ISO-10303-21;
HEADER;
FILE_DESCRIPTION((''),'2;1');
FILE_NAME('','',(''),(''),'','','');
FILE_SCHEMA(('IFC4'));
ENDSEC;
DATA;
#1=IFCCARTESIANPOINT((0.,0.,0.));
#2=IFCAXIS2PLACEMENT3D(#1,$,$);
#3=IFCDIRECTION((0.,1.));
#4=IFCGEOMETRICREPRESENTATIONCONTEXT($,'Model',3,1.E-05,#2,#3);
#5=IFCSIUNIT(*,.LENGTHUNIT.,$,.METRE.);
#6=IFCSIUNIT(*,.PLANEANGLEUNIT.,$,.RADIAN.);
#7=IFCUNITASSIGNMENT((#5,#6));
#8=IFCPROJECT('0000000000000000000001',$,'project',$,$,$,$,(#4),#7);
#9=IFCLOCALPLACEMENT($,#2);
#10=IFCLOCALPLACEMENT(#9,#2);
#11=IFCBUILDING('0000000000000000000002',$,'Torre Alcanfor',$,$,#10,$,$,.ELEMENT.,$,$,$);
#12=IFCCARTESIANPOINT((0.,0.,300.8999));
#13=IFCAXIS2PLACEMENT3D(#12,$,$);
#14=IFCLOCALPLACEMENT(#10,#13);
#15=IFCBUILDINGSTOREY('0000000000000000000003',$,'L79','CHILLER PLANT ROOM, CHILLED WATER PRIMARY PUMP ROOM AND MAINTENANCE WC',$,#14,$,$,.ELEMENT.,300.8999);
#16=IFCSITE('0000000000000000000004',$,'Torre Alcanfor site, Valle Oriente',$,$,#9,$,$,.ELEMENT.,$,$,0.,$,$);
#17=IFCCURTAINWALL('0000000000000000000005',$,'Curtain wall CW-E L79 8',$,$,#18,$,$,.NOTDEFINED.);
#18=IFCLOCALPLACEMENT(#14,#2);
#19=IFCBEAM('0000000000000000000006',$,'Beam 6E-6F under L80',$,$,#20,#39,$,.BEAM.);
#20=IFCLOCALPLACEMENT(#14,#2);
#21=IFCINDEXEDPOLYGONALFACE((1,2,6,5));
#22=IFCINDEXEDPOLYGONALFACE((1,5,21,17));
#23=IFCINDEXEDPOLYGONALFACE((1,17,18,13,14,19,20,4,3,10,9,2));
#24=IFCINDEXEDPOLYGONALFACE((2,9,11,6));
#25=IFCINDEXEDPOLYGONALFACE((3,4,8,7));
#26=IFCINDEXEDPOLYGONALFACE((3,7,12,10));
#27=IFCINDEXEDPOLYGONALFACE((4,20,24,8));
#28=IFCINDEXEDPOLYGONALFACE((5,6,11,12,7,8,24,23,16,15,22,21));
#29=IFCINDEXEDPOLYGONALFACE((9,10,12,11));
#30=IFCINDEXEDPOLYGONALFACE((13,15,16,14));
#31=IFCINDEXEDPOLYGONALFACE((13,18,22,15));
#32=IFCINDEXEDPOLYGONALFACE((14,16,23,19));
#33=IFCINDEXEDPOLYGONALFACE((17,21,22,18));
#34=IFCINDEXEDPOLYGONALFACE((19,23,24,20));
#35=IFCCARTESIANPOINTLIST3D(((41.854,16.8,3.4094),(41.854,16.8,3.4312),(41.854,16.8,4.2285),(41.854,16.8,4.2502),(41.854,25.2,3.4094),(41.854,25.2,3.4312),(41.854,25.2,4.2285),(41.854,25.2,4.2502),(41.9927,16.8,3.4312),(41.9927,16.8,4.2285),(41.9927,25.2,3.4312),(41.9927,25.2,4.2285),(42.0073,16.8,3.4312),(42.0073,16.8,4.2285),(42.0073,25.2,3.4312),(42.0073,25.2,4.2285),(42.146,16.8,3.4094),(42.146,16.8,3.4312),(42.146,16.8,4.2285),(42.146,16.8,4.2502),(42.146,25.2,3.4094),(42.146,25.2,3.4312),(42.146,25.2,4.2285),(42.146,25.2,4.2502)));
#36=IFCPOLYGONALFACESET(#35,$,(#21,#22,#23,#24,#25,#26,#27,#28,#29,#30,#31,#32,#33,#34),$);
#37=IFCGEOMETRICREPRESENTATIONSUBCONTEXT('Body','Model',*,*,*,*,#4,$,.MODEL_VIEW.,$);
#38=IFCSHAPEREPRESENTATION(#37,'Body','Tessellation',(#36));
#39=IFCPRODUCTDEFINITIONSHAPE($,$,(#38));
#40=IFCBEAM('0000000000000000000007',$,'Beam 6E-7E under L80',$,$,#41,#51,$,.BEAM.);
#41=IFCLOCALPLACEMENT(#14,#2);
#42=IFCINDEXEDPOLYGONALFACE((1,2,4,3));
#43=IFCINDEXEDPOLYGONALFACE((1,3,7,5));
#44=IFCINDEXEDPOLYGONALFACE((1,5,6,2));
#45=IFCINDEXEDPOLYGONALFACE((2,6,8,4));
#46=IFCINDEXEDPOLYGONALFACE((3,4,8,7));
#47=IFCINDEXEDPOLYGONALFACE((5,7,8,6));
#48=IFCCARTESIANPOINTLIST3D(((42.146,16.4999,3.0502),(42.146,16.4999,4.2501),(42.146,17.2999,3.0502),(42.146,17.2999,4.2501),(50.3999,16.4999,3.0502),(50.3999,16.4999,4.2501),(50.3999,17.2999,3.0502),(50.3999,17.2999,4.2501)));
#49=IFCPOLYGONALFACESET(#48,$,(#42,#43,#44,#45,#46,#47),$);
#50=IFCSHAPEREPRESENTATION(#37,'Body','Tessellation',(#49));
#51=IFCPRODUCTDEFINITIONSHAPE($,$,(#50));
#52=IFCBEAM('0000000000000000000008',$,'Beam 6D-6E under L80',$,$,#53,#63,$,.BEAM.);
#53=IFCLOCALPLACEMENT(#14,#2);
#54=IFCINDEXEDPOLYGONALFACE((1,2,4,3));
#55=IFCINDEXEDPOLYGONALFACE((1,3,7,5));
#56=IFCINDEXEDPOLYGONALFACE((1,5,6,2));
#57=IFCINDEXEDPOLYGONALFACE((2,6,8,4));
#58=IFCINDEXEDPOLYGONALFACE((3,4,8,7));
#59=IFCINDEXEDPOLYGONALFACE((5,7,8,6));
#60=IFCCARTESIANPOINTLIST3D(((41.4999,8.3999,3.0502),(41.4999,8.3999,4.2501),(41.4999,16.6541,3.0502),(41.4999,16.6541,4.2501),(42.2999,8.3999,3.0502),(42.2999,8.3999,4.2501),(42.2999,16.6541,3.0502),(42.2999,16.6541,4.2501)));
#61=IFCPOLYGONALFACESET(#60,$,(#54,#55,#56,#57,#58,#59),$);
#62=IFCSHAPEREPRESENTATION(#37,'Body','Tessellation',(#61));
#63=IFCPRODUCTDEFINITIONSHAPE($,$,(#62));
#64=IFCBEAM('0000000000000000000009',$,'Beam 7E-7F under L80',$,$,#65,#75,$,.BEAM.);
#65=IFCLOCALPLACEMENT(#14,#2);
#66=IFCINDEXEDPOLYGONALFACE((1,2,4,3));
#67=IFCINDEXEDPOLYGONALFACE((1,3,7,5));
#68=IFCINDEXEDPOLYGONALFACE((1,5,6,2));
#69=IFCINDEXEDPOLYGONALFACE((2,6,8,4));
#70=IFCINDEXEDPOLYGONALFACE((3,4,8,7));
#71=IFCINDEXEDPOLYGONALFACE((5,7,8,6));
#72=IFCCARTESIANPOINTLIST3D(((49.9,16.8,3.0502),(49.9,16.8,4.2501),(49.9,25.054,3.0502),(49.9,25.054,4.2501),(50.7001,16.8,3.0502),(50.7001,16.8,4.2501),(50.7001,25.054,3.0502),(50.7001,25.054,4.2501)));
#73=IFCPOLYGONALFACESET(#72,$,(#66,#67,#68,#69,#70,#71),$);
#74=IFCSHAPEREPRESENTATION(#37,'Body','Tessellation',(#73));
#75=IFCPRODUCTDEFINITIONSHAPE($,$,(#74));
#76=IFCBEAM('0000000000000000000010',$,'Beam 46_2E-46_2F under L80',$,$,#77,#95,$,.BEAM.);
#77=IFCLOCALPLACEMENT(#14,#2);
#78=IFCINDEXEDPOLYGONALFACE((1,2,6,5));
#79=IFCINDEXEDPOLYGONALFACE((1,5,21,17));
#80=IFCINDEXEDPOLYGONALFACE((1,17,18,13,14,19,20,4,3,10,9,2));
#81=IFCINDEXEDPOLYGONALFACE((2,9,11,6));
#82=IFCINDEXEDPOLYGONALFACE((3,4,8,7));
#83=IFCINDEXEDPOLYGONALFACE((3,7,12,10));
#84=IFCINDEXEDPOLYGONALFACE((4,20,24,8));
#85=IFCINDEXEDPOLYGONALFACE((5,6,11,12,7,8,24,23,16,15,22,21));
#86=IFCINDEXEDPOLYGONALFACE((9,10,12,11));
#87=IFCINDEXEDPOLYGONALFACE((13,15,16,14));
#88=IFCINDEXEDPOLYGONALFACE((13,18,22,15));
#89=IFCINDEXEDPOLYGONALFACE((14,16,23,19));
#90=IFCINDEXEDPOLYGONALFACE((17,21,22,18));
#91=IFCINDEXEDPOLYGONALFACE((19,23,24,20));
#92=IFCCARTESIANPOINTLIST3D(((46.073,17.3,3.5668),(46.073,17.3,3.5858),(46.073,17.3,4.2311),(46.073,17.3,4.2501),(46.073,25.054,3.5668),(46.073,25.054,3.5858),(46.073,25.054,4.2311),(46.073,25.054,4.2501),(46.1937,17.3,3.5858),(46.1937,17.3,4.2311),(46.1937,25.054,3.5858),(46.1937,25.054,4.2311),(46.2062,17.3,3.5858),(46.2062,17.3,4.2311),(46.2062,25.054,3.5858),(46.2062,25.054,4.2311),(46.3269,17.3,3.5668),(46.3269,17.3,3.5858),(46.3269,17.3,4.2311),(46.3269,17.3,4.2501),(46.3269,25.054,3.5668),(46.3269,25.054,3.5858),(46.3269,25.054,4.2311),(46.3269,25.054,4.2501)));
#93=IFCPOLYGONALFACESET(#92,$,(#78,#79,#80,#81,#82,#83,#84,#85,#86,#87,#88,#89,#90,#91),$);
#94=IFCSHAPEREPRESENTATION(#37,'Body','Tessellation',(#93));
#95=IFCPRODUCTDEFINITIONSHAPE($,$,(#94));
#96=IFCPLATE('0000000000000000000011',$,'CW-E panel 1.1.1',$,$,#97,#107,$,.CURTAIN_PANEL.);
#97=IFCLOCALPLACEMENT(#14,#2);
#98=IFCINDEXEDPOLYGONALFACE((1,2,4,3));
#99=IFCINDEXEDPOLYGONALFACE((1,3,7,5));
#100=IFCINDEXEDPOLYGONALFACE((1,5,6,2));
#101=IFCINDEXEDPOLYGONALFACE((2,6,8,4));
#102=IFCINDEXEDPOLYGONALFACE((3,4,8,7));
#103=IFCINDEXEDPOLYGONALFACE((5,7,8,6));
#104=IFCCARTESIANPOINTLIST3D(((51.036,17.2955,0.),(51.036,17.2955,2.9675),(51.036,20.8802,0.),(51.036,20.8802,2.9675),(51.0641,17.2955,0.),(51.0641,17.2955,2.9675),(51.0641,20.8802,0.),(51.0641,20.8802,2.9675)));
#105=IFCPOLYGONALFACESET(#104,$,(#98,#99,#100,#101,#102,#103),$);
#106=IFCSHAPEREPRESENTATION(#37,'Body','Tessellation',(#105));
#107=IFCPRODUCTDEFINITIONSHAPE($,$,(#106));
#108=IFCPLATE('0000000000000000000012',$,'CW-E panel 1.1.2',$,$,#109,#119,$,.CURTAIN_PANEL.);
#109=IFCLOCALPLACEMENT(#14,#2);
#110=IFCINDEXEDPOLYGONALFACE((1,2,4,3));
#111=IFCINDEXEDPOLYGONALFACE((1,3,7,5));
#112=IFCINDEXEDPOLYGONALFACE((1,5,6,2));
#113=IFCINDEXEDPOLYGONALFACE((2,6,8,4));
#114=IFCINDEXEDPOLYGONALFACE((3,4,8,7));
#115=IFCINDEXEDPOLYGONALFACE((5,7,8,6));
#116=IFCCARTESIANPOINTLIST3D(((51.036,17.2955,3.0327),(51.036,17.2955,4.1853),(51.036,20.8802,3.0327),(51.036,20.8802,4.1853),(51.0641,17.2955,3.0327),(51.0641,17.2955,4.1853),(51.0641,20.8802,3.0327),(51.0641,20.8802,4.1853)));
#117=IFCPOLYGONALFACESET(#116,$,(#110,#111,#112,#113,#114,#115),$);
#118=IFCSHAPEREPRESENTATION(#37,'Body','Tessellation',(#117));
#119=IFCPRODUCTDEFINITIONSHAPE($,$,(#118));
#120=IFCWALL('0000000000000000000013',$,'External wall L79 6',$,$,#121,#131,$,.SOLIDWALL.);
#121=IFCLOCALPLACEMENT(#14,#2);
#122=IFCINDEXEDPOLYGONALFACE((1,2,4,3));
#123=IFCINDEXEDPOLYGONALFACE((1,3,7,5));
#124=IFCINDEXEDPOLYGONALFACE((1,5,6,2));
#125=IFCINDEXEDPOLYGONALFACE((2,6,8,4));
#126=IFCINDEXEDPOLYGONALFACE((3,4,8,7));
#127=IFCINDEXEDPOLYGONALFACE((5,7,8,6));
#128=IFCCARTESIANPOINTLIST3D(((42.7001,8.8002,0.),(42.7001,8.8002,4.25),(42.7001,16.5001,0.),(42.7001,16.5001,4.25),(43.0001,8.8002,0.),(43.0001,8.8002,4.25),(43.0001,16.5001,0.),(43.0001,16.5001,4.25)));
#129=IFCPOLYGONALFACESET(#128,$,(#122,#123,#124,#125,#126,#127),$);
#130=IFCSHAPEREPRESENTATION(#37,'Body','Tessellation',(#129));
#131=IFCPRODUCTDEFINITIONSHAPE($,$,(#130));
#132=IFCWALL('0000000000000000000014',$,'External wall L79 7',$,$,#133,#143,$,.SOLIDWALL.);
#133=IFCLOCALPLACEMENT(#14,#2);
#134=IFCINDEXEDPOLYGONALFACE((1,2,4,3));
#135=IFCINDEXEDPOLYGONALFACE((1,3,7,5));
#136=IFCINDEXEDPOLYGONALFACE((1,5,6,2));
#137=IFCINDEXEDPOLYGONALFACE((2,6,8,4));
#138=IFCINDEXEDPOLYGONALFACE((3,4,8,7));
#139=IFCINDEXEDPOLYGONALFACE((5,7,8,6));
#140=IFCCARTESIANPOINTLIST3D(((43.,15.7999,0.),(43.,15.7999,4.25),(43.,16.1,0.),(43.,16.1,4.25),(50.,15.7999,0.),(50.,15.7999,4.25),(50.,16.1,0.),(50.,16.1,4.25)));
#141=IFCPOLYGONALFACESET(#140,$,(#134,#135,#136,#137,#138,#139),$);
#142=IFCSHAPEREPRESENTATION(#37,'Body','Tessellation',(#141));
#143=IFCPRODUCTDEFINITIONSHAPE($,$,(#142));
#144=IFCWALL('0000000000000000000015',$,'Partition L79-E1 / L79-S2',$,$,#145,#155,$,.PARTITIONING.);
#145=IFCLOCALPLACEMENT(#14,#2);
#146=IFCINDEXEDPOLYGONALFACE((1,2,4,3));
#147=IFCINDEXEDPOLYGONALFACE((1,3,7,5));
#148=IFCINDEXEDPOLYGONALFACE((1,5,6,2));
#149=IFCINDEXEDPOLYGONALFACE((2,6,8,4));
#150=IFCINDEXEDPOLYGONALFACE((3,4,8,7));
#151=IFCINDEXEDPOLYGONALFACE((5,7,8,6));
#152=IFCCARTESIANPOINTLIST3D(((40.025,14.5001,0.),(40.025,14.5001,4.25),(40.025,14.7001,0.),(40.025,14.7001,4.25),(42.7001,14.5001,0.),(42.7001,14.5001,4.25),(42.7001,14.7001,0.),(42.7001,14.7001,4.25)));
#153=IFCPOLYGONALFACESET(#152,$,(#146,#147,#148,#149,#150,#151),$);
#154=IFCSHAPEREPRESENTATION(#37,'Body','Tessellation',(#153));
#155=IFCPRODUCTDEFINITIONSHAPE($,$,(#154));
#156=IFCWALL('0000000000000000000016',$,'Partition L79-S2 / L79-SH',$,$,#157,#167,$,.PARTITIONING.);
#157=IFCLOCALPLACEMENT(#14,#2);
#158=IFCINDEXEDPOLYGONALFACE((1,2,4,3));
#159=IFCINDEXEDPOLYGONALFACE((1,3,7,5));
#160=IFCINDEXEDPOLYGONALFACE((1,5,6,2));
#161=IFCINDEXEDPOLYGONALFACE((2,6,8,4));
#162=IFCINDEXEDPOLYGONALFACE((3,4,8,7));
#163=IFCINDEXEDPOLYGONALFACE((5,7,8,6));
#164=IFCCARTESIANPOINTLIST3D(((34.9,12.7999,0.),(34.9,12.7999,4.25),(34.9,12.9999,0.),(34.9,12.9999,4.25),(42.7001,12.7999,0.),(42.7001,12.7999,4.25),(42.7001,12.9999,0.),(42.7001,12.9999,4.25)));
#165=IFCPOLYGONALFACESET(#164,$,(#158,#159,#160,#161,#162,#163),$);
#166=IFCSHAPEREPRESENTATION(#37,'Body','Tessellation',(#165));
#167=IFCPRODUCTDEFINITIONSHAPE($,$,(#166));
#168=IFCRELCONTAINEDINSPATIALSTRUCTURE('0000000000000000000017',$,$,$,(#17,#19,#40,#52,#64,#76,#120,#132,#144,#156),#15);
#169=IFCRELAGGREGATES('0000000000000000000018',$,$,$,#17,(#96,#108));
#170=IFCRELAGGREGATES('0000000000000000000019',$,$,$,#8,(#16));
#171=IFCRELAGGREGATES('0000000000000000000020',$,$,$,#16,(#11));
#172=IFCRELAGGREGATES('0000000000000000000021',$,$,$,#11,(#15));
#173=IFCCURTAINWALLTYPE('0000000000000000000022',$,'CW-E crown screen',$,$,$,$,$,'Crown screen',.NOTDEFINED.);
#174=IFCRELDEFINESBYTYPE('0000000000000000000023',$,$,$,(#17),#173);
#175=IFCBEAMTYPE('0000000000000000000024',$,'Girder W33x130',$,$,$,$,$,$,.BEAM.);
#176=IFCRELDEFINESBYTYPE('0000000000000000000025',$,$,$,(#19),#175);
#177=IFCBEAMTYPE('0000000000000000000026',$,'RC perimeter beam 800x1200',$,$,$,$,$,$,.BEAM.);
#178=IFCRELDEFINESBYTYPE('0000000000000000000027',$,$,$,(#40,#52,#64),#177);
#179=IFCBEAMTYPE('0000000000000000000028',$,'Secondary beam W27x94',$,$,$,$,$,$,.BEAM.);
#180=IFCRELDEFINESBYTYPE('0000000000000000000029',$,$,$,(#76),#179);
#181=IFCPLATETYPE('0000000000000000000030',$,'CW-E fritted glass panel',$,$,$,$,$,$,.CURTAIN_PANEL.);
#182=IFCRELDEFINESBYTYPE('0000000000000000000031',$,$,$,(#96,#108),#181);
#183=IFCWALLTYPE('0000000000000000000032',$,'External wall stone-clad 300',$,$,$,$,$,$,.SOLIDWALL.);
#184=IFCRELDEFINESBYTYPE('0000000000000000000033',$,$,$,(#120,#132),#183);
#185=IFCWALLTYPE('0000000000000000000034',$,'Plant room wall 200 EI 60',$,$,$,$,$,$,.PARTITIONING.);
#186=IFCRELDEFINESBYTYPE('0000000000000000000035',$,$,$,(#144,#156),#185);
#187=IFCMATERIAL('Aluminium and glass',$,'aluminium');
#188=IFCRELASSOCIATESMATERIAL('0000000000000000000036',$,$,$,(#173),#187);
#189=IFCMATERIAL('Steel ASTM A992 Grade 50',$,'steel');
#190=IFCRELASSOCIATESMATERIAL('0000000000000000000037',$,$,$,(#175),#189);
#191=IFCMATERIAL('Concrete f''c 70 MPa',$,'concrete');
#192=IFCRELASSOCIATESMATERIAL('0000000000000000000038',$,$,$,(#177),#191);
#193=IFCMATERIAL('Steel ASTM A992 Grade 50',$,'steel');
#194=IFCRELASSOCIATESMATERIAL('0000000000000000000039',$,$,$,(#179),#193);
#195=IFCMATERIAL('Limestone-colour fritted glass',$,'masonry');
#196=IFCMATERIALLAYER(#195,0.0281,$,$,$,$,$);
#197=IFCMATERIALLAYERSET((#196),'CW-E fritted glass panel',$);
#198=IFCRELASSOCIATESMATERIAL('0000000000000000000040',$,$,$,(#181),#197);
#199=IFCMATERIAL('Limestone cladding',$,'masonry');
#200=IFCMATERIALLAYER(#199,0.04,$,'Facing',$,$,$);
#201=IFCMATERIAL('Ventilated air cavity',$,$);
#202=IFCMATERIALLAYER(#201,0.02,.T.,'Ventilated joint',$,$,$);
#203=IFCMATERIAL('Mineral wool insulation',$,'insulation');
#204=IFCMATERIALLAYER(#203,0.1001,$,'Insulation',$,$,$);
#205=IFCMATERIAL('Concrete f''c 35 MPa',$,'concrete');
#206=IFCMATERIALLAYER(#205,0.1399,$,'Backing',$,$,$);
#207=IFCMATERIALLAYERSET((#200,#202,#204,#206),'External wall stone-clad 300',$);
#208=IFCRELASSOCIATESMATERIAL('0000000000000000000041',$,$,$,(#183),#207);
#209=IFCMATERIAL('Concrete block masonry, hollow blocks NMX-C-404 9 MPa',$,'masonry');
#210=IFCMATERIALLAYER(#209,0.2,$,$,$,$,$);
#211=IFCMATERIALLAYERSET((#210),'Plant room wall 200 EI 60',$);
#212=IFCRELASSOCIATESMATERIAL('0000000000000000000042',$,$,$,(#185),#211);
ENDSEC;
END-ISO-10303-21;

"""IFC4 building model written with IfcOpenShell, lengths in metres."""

from ifc_helpers import new_model, si_unit, direction, frame, frame_2d, origin, origin_2d, place, context, subcontext, project, spatial, rectangle, i_section, extrude, material, layer, layer_set, material_profile, profile_set, type_object, element, aggregate, save


model = new_model("IFC4")

# Units and contexts
model_context = context("Model", 3, precision=1e-05, world=origin(), true_north=direction((0.0, 1.0)))
body_context = subcontext(model_context, "Body", "Model", "MODEL_VIEW")
ifc_project = project(units=[si_unit("LENGTHUNIT", "METRE"), si_unit("PLANEANGLEUNIT", "RADIAN")], contexts=[model_context])

# Site, building, storey
site_placement = place(None, origin())
site = spatial("IfcSite", under=ifc_project, at=site_placement, Name="Torre Alcanfor site, Valle Oriente", CompositionType="ELEMENT", RefElevation=0.0)
building_placement = place(site_placement, origin())
building = spatial("IfcBuilding", under=site, at=building_placement, Name="Torre Alcanfor", CompositionType="ELEMENT")
storey_placement = place(building_placement, frame((0.0, 0.0, 300.8999)))
storey = spatial("IfcBuildingStorey", under=building, at=storey_placement, Name="L79", Description="CHILLER PLANT ROOM, CHILLED WATER PRIMARY PUMP ROOM AND MAINTENANCE WC", CompositionType="ELEMENT", Elevation=300.8999)

# Shared definitions
ifc_material_1 = material(Name="Aluminium and glass", Category="aluminium")
curtain_wall_type = type_object("IfcCurtainWallType", Name="CW-E crown screen", ElementType="Crown screen", PredefinedType="NOTDEFINED", material=ifc_material_1)

# Curtain wall
curtain_wall_1_placement = place(storey_placement, origin())
curtain_wall_1 = element("IfcCurtainWall", 1, at=curtain_wall_1_placement, inside=storey, type_object=curtain_wall_type, Name="Curtain wall CW-E L79 8", PredefinedType="NOTDEFINED")

# Beams
ifc_material_2 = material(Name="Steel ASTM A992 Grade 50", Category="steel")
ifc_material_profile_1 = material_profile(ifc_material_2, i_section(OverallWidth=0.292, OverallDepth=0.8408, WebThickness=0.0146, FlangeThickness=0.0217, at=origin_2d()), Name="W33x130")
ifc_profile_set_1 = profile_set([ifc_material_profile_1], Name="Steel ASTM A992 Grade 50")
beam_type_1 = type_object("IfcBeamType", Name="Girder W33x130", PredefinedType="BEAM", material=ifc_profile_set_1)
beam_1_placement = place(storey_placement, frame((42.0, 16.8, 3.8298), z_axis=(0.0, 1.0, 0.0), x_axis=(-1.0, 0.0, 0.0)))
element("IfcBeam", 2, at=beam_1_placement, inside=storey, type_object=beam_type_1, Name="Beam 6E-6F under L80", PredefinedType="BEAM", context=body_context, shape_type="SweptSolid", body=[
    extrude(i_section(OverallWidth=0.292, OverallDepth=0.8408, WebThickness=0.0146, FlangeThickness=0.0217, at=origin_2d()), origin(), (0.0, 0.0, 1.0), 8.3999),
])
ifc_material_3 = material(Name="Concrete f'c 70 MPa", Category="concrete")
ifc_material_profile_2 = material_profile(ifc_material_3, rectangle(XDim=0.8, YDim=1.2, at=origin_2d()), Name="800x1200")
ifc_profile_set_2 = profile_set([ifc_material_profile_2], Name="Concrete f'c 70 MPa")
beam_type_2 = type_object("IfcBeamType", Name="RC perimeter beam 800x1200", PredefinedType="BEAM", material=ifc_profile_set_2)
beam_2_placement = place(storey_placement, frame((42.146, 16.8999, 3.6501), z_axis=(1.0, 0.0, 0.0), x_axis=(0.0, 1.0, 0.0)))
element("IfcBeam", 3, at=beam_2_placement, inside=storey, type_object=beam_type_2, Name="Beam 6E-7E under L80", PredefinedType="BEAM", context=body_context, shape_type="SweptSolid", body=[
    extrude(rectangle(XDim=0.8, YDim=1.2, at=origin_2d()), origin(), (0.0, 0.0, 1.0), 8.2539),
])
beam_3_placement = place(storey_placement, frame((41.8999, 8.3999, 3.6501), z_axis=(0.0, 1.0, 0.0), x_axis=(-1.0, 0.0, 0.0)))
element("IfcBeam", 4, at=beam_3_placement, inside=storey, type_object=beam_type_2, Name="Beam 6D-6E under L80", PredefinedType="BEAM", context=body_context, shape_type="SweptSolid", body=[
    extrude(rectangle(XDim=0.8, YDim=1.2, at=origin_2d()), origin(), (0.0, 0.0, 1.0), 8.2542),
])
beam_4_placement = place(storey_placement, frame((50.3, 16.8, 3.6501), z_axis=(0.0, 1.0, 0.0), x_axis=(-1.0, 0.0, 0.0)))
element("IfcBeam", 5, at=beam_4_placement, inside=storey, type_object=beam_type_2, Name="Beam 7E-7F under L80", PredefinedType="BEAM", context=body_context, shape_type="SweptSolid", body=[
    extrude(rectangle(XDim=0.8, YDim=1.2, at=origin_2d()), origin(), (0.0, 0.0, 1.0), 8.2539),
])
ifc_material_4 = material(Name="Steel ASTM A992 Grade 50", Category="steel")
ifc_material_profile_3 = material_profile(ifc_material_4, i_section(OverallWidth=0.2539, OverallDepth=0.6833, WebThickness=0.0125, FlangeThickness=0.019, at=origin_2d()), Name="W27x94")
ifc_profile_set_3 = profile_set([ifc_material_profile_3], Name="Steel ASTM A992 Grade 50")
beam_type_3 = type_object("IfcBeamType", Name="Secondary beam W27x94", PredefinedType="BEAM", material=ifc_profile_set_3)
beam_5_placement = place(storey_placement, frame((46.2, 17.3, 3.9084), z_axis=(0.0, 1.0, 0.0), x_axis=(-1.0, 0.0, 0.0)))
element("IfcBeam", 6, at=beam_5_placement, inside=storey, type_object=beam_type_3, Name="Beam 46_2E-46_2F under L80", PredefinedType="BEAM", context=body_context, shape_type="SweptSolid", body=[
    extrude(i_section(OverallWidth=0.2539, OverallDepth=0.6833, WebThickness=0.0125, FlangeThickness=0.019, at=origin_2d()), origin(), (0.0, 0.0, 1.0), 7.7539),
])

# Plates
ifc_material_5 = material(Name="Limestone-colour fritted glass", Category="masonry")
ifc_layer_1 = layer(ifc_material_5, 0.0281)
ifc_layer_set_1 = layer_set([ifc_layer_1], Name="CW-E fritted glass panel")
plate_type = type_object("IfcPlateType", Name="CW-E fritted glass panel", PredefinedType="CURTAIN_PANEL", material=ifc_layer_set_1)
plate_1_placement = place(storey_placement, frame((51.05, 19.0879, 0.0), z_axis=(0.0, 0.0, 1.0), x_axis=(0.0, 1.0, 0.0)))
plate_1 = element("IfcPlate", 7, at=plate_1_placement, type_object=plate_type, Name="CW-E panel 1.1.1", PredefinedType="CURTAIN_PANEL", context=body_context, shape_type="SweptSolid", body=[
    extrude(rectangle(XDim=3.5847, YDim=0.0281, at=origin_2d()), origin(), (0.0, 0.0, 1.0), 2.9675),
])
plate_2_placement = place(storey_placement, frame((51.05, 19.0879, 3.0327), z_axis=(0.0, 0.0, 1.0), x_axis=(0.0, 1.0, 0.0)))
plate_2 = element("IfcPlate", 8, at=plate_2_placement, type_object=plate_type, Name="CW-E panel 1.1.2", PredefinedType="CURTAIN_PANEL", context=body_context, shape_type="SweptSolid", body=[
    extrude(rectangle(XDim=3.5847, YDim=0.0281, at=origin_2d()), origin(), (0.0, 0.0, 1.0), 1.1526),
])
aggregate(curtain_wall_1, [plate_1, plate_2])

# Walls
ifc_material_6 = material(Name="Limestone cladding", Category="masonry")
ifc_layer_2 = layer(ifc_material_6, 0.04, Name="Facing")
ifc_material_7 = material(Name="Ventilated air cavity")
ifc_layer_3 = layer(ifc_material_7, 0.02, ventilated=True, Name="Ventilated joint")
ifc_material_8 = material(Name="Mineral wool insulation", Category="insulation")
ifc_layer_4 = layer(ifc_material_8, 0.1001, Name="Insulation")
ifc_material_9 = material(Name="Concrete f'c 35 MPa", Category="concrete")
ifc_layer_5 = layer(ifc_material_9, 0.1399, Name="Backing")
ifc_layer_set_2 = layer_set([ifc_layer_2, ifc_layer_3, ifc_layer_4, ifc_layer_5], Name="External wall stone-clad 300")
wall_type_1 = type_object("IfcWallType", Name="External wall stone-clad 300", PredefinedType="SOLIDWALL", material=ifc_layer_set_2)
wall_1_placement = place(storey_placement, frame((42.8501, 8.8, 0.0), z_axis=(0.0, 0.0, 1.0), x_axis=(0.0, 1.0, 0.0)))
element("IfcWall", 9, at=wall_1_placement, inside=storey, type_object=wall_type_1, Name="External wall L79 6", PredefinedType="SOLIDWALL", context=body_context, shape_type="SweptSolid", body=[
    extrude(rectangle(XDim=7.7, YDim=0.3, at=frame_2d((3.8501, 0.0))), origin(), (0.0, 0.0, 1.0), 4.25),
])
wall_2_placement = place(storey_placement, frame((43.0, 15.95, 0.0), z_axis=(0.0, 0.0, 1.0), x_axis=(1.0, 0.0, 0.0)))
element("IfcWall", 10, at=wall_2_placement, inside=storey, type_object=wall_type_1, Name="External wall L79 7", PredefinedType="SOLIDWALL", context=body_context, shape_type="SweptSolid", body=[
    extrude(rectangle(XDim=7.0, YDim=0.3, at=frame_2d((3.5, 0.0))), origin(), (0.0, 0.0, 1.0), 4.25),
])
ifc_material_10 = material(Name="Concrete block masonry, hollow blocks NMX-C-404 9 MPa", Category="masonry")
ifc_layer_6 = layer(ifc_material_10, 0.2)
ifc_layer_set_3 = layer_set([ifc_layer_6], Name="Plant room wall 200 EI 60")
wall_type_2 = type_object("IfcWallType", Name="Plant room wall 200 EI 60", PredefinedType="PARTITIONING", material=ifc_layer_set_3)
wall_3_placement = place(storey_placement, frame((42.7, 14.6001, 0.0), z_axis=(0.0, 0.0, 1.0), x_axis=(-1.0, 0.0, 0.0)))
element("IfcWall", 11, at=wall_3_placement, inside=storey, type_object=wall_type_2, Name="Partition L79-E1 / L79-S2", PredefinedType="PARTITIONING", context=body_context, shape_type="SweptSolid", body=[
    extrude(rectangle(XDim=2.675, YDim=0.2, at=frame_2d((1.3374, 0.0))), origin(), (0.0, 0.0, 1.0), 4.25),
])
wall_4_placement = place(storey_placement, frame((42.7, 12.8999, 0.0), z_axis=(0.0, 0.0, 1.0), x_axis=(-1.0, 0.0, 0.0)))
element("IfcWall", 12, at=wall_4_placement, inside=storey, type_object=wall_type_2, Name="Partition L79-S2 / L79-SH", PredefinedType="PARTITIONING", context=body_context, shape_type="SweptSolid", body=[
    extrude(rectangle(XDim=7.8, YDim=0.2, at=frame_2d((3.8999, 0.0))), origin(), (0.0, 0.0, 1.0), 4.25),
])

save(model, "model.ifc")
